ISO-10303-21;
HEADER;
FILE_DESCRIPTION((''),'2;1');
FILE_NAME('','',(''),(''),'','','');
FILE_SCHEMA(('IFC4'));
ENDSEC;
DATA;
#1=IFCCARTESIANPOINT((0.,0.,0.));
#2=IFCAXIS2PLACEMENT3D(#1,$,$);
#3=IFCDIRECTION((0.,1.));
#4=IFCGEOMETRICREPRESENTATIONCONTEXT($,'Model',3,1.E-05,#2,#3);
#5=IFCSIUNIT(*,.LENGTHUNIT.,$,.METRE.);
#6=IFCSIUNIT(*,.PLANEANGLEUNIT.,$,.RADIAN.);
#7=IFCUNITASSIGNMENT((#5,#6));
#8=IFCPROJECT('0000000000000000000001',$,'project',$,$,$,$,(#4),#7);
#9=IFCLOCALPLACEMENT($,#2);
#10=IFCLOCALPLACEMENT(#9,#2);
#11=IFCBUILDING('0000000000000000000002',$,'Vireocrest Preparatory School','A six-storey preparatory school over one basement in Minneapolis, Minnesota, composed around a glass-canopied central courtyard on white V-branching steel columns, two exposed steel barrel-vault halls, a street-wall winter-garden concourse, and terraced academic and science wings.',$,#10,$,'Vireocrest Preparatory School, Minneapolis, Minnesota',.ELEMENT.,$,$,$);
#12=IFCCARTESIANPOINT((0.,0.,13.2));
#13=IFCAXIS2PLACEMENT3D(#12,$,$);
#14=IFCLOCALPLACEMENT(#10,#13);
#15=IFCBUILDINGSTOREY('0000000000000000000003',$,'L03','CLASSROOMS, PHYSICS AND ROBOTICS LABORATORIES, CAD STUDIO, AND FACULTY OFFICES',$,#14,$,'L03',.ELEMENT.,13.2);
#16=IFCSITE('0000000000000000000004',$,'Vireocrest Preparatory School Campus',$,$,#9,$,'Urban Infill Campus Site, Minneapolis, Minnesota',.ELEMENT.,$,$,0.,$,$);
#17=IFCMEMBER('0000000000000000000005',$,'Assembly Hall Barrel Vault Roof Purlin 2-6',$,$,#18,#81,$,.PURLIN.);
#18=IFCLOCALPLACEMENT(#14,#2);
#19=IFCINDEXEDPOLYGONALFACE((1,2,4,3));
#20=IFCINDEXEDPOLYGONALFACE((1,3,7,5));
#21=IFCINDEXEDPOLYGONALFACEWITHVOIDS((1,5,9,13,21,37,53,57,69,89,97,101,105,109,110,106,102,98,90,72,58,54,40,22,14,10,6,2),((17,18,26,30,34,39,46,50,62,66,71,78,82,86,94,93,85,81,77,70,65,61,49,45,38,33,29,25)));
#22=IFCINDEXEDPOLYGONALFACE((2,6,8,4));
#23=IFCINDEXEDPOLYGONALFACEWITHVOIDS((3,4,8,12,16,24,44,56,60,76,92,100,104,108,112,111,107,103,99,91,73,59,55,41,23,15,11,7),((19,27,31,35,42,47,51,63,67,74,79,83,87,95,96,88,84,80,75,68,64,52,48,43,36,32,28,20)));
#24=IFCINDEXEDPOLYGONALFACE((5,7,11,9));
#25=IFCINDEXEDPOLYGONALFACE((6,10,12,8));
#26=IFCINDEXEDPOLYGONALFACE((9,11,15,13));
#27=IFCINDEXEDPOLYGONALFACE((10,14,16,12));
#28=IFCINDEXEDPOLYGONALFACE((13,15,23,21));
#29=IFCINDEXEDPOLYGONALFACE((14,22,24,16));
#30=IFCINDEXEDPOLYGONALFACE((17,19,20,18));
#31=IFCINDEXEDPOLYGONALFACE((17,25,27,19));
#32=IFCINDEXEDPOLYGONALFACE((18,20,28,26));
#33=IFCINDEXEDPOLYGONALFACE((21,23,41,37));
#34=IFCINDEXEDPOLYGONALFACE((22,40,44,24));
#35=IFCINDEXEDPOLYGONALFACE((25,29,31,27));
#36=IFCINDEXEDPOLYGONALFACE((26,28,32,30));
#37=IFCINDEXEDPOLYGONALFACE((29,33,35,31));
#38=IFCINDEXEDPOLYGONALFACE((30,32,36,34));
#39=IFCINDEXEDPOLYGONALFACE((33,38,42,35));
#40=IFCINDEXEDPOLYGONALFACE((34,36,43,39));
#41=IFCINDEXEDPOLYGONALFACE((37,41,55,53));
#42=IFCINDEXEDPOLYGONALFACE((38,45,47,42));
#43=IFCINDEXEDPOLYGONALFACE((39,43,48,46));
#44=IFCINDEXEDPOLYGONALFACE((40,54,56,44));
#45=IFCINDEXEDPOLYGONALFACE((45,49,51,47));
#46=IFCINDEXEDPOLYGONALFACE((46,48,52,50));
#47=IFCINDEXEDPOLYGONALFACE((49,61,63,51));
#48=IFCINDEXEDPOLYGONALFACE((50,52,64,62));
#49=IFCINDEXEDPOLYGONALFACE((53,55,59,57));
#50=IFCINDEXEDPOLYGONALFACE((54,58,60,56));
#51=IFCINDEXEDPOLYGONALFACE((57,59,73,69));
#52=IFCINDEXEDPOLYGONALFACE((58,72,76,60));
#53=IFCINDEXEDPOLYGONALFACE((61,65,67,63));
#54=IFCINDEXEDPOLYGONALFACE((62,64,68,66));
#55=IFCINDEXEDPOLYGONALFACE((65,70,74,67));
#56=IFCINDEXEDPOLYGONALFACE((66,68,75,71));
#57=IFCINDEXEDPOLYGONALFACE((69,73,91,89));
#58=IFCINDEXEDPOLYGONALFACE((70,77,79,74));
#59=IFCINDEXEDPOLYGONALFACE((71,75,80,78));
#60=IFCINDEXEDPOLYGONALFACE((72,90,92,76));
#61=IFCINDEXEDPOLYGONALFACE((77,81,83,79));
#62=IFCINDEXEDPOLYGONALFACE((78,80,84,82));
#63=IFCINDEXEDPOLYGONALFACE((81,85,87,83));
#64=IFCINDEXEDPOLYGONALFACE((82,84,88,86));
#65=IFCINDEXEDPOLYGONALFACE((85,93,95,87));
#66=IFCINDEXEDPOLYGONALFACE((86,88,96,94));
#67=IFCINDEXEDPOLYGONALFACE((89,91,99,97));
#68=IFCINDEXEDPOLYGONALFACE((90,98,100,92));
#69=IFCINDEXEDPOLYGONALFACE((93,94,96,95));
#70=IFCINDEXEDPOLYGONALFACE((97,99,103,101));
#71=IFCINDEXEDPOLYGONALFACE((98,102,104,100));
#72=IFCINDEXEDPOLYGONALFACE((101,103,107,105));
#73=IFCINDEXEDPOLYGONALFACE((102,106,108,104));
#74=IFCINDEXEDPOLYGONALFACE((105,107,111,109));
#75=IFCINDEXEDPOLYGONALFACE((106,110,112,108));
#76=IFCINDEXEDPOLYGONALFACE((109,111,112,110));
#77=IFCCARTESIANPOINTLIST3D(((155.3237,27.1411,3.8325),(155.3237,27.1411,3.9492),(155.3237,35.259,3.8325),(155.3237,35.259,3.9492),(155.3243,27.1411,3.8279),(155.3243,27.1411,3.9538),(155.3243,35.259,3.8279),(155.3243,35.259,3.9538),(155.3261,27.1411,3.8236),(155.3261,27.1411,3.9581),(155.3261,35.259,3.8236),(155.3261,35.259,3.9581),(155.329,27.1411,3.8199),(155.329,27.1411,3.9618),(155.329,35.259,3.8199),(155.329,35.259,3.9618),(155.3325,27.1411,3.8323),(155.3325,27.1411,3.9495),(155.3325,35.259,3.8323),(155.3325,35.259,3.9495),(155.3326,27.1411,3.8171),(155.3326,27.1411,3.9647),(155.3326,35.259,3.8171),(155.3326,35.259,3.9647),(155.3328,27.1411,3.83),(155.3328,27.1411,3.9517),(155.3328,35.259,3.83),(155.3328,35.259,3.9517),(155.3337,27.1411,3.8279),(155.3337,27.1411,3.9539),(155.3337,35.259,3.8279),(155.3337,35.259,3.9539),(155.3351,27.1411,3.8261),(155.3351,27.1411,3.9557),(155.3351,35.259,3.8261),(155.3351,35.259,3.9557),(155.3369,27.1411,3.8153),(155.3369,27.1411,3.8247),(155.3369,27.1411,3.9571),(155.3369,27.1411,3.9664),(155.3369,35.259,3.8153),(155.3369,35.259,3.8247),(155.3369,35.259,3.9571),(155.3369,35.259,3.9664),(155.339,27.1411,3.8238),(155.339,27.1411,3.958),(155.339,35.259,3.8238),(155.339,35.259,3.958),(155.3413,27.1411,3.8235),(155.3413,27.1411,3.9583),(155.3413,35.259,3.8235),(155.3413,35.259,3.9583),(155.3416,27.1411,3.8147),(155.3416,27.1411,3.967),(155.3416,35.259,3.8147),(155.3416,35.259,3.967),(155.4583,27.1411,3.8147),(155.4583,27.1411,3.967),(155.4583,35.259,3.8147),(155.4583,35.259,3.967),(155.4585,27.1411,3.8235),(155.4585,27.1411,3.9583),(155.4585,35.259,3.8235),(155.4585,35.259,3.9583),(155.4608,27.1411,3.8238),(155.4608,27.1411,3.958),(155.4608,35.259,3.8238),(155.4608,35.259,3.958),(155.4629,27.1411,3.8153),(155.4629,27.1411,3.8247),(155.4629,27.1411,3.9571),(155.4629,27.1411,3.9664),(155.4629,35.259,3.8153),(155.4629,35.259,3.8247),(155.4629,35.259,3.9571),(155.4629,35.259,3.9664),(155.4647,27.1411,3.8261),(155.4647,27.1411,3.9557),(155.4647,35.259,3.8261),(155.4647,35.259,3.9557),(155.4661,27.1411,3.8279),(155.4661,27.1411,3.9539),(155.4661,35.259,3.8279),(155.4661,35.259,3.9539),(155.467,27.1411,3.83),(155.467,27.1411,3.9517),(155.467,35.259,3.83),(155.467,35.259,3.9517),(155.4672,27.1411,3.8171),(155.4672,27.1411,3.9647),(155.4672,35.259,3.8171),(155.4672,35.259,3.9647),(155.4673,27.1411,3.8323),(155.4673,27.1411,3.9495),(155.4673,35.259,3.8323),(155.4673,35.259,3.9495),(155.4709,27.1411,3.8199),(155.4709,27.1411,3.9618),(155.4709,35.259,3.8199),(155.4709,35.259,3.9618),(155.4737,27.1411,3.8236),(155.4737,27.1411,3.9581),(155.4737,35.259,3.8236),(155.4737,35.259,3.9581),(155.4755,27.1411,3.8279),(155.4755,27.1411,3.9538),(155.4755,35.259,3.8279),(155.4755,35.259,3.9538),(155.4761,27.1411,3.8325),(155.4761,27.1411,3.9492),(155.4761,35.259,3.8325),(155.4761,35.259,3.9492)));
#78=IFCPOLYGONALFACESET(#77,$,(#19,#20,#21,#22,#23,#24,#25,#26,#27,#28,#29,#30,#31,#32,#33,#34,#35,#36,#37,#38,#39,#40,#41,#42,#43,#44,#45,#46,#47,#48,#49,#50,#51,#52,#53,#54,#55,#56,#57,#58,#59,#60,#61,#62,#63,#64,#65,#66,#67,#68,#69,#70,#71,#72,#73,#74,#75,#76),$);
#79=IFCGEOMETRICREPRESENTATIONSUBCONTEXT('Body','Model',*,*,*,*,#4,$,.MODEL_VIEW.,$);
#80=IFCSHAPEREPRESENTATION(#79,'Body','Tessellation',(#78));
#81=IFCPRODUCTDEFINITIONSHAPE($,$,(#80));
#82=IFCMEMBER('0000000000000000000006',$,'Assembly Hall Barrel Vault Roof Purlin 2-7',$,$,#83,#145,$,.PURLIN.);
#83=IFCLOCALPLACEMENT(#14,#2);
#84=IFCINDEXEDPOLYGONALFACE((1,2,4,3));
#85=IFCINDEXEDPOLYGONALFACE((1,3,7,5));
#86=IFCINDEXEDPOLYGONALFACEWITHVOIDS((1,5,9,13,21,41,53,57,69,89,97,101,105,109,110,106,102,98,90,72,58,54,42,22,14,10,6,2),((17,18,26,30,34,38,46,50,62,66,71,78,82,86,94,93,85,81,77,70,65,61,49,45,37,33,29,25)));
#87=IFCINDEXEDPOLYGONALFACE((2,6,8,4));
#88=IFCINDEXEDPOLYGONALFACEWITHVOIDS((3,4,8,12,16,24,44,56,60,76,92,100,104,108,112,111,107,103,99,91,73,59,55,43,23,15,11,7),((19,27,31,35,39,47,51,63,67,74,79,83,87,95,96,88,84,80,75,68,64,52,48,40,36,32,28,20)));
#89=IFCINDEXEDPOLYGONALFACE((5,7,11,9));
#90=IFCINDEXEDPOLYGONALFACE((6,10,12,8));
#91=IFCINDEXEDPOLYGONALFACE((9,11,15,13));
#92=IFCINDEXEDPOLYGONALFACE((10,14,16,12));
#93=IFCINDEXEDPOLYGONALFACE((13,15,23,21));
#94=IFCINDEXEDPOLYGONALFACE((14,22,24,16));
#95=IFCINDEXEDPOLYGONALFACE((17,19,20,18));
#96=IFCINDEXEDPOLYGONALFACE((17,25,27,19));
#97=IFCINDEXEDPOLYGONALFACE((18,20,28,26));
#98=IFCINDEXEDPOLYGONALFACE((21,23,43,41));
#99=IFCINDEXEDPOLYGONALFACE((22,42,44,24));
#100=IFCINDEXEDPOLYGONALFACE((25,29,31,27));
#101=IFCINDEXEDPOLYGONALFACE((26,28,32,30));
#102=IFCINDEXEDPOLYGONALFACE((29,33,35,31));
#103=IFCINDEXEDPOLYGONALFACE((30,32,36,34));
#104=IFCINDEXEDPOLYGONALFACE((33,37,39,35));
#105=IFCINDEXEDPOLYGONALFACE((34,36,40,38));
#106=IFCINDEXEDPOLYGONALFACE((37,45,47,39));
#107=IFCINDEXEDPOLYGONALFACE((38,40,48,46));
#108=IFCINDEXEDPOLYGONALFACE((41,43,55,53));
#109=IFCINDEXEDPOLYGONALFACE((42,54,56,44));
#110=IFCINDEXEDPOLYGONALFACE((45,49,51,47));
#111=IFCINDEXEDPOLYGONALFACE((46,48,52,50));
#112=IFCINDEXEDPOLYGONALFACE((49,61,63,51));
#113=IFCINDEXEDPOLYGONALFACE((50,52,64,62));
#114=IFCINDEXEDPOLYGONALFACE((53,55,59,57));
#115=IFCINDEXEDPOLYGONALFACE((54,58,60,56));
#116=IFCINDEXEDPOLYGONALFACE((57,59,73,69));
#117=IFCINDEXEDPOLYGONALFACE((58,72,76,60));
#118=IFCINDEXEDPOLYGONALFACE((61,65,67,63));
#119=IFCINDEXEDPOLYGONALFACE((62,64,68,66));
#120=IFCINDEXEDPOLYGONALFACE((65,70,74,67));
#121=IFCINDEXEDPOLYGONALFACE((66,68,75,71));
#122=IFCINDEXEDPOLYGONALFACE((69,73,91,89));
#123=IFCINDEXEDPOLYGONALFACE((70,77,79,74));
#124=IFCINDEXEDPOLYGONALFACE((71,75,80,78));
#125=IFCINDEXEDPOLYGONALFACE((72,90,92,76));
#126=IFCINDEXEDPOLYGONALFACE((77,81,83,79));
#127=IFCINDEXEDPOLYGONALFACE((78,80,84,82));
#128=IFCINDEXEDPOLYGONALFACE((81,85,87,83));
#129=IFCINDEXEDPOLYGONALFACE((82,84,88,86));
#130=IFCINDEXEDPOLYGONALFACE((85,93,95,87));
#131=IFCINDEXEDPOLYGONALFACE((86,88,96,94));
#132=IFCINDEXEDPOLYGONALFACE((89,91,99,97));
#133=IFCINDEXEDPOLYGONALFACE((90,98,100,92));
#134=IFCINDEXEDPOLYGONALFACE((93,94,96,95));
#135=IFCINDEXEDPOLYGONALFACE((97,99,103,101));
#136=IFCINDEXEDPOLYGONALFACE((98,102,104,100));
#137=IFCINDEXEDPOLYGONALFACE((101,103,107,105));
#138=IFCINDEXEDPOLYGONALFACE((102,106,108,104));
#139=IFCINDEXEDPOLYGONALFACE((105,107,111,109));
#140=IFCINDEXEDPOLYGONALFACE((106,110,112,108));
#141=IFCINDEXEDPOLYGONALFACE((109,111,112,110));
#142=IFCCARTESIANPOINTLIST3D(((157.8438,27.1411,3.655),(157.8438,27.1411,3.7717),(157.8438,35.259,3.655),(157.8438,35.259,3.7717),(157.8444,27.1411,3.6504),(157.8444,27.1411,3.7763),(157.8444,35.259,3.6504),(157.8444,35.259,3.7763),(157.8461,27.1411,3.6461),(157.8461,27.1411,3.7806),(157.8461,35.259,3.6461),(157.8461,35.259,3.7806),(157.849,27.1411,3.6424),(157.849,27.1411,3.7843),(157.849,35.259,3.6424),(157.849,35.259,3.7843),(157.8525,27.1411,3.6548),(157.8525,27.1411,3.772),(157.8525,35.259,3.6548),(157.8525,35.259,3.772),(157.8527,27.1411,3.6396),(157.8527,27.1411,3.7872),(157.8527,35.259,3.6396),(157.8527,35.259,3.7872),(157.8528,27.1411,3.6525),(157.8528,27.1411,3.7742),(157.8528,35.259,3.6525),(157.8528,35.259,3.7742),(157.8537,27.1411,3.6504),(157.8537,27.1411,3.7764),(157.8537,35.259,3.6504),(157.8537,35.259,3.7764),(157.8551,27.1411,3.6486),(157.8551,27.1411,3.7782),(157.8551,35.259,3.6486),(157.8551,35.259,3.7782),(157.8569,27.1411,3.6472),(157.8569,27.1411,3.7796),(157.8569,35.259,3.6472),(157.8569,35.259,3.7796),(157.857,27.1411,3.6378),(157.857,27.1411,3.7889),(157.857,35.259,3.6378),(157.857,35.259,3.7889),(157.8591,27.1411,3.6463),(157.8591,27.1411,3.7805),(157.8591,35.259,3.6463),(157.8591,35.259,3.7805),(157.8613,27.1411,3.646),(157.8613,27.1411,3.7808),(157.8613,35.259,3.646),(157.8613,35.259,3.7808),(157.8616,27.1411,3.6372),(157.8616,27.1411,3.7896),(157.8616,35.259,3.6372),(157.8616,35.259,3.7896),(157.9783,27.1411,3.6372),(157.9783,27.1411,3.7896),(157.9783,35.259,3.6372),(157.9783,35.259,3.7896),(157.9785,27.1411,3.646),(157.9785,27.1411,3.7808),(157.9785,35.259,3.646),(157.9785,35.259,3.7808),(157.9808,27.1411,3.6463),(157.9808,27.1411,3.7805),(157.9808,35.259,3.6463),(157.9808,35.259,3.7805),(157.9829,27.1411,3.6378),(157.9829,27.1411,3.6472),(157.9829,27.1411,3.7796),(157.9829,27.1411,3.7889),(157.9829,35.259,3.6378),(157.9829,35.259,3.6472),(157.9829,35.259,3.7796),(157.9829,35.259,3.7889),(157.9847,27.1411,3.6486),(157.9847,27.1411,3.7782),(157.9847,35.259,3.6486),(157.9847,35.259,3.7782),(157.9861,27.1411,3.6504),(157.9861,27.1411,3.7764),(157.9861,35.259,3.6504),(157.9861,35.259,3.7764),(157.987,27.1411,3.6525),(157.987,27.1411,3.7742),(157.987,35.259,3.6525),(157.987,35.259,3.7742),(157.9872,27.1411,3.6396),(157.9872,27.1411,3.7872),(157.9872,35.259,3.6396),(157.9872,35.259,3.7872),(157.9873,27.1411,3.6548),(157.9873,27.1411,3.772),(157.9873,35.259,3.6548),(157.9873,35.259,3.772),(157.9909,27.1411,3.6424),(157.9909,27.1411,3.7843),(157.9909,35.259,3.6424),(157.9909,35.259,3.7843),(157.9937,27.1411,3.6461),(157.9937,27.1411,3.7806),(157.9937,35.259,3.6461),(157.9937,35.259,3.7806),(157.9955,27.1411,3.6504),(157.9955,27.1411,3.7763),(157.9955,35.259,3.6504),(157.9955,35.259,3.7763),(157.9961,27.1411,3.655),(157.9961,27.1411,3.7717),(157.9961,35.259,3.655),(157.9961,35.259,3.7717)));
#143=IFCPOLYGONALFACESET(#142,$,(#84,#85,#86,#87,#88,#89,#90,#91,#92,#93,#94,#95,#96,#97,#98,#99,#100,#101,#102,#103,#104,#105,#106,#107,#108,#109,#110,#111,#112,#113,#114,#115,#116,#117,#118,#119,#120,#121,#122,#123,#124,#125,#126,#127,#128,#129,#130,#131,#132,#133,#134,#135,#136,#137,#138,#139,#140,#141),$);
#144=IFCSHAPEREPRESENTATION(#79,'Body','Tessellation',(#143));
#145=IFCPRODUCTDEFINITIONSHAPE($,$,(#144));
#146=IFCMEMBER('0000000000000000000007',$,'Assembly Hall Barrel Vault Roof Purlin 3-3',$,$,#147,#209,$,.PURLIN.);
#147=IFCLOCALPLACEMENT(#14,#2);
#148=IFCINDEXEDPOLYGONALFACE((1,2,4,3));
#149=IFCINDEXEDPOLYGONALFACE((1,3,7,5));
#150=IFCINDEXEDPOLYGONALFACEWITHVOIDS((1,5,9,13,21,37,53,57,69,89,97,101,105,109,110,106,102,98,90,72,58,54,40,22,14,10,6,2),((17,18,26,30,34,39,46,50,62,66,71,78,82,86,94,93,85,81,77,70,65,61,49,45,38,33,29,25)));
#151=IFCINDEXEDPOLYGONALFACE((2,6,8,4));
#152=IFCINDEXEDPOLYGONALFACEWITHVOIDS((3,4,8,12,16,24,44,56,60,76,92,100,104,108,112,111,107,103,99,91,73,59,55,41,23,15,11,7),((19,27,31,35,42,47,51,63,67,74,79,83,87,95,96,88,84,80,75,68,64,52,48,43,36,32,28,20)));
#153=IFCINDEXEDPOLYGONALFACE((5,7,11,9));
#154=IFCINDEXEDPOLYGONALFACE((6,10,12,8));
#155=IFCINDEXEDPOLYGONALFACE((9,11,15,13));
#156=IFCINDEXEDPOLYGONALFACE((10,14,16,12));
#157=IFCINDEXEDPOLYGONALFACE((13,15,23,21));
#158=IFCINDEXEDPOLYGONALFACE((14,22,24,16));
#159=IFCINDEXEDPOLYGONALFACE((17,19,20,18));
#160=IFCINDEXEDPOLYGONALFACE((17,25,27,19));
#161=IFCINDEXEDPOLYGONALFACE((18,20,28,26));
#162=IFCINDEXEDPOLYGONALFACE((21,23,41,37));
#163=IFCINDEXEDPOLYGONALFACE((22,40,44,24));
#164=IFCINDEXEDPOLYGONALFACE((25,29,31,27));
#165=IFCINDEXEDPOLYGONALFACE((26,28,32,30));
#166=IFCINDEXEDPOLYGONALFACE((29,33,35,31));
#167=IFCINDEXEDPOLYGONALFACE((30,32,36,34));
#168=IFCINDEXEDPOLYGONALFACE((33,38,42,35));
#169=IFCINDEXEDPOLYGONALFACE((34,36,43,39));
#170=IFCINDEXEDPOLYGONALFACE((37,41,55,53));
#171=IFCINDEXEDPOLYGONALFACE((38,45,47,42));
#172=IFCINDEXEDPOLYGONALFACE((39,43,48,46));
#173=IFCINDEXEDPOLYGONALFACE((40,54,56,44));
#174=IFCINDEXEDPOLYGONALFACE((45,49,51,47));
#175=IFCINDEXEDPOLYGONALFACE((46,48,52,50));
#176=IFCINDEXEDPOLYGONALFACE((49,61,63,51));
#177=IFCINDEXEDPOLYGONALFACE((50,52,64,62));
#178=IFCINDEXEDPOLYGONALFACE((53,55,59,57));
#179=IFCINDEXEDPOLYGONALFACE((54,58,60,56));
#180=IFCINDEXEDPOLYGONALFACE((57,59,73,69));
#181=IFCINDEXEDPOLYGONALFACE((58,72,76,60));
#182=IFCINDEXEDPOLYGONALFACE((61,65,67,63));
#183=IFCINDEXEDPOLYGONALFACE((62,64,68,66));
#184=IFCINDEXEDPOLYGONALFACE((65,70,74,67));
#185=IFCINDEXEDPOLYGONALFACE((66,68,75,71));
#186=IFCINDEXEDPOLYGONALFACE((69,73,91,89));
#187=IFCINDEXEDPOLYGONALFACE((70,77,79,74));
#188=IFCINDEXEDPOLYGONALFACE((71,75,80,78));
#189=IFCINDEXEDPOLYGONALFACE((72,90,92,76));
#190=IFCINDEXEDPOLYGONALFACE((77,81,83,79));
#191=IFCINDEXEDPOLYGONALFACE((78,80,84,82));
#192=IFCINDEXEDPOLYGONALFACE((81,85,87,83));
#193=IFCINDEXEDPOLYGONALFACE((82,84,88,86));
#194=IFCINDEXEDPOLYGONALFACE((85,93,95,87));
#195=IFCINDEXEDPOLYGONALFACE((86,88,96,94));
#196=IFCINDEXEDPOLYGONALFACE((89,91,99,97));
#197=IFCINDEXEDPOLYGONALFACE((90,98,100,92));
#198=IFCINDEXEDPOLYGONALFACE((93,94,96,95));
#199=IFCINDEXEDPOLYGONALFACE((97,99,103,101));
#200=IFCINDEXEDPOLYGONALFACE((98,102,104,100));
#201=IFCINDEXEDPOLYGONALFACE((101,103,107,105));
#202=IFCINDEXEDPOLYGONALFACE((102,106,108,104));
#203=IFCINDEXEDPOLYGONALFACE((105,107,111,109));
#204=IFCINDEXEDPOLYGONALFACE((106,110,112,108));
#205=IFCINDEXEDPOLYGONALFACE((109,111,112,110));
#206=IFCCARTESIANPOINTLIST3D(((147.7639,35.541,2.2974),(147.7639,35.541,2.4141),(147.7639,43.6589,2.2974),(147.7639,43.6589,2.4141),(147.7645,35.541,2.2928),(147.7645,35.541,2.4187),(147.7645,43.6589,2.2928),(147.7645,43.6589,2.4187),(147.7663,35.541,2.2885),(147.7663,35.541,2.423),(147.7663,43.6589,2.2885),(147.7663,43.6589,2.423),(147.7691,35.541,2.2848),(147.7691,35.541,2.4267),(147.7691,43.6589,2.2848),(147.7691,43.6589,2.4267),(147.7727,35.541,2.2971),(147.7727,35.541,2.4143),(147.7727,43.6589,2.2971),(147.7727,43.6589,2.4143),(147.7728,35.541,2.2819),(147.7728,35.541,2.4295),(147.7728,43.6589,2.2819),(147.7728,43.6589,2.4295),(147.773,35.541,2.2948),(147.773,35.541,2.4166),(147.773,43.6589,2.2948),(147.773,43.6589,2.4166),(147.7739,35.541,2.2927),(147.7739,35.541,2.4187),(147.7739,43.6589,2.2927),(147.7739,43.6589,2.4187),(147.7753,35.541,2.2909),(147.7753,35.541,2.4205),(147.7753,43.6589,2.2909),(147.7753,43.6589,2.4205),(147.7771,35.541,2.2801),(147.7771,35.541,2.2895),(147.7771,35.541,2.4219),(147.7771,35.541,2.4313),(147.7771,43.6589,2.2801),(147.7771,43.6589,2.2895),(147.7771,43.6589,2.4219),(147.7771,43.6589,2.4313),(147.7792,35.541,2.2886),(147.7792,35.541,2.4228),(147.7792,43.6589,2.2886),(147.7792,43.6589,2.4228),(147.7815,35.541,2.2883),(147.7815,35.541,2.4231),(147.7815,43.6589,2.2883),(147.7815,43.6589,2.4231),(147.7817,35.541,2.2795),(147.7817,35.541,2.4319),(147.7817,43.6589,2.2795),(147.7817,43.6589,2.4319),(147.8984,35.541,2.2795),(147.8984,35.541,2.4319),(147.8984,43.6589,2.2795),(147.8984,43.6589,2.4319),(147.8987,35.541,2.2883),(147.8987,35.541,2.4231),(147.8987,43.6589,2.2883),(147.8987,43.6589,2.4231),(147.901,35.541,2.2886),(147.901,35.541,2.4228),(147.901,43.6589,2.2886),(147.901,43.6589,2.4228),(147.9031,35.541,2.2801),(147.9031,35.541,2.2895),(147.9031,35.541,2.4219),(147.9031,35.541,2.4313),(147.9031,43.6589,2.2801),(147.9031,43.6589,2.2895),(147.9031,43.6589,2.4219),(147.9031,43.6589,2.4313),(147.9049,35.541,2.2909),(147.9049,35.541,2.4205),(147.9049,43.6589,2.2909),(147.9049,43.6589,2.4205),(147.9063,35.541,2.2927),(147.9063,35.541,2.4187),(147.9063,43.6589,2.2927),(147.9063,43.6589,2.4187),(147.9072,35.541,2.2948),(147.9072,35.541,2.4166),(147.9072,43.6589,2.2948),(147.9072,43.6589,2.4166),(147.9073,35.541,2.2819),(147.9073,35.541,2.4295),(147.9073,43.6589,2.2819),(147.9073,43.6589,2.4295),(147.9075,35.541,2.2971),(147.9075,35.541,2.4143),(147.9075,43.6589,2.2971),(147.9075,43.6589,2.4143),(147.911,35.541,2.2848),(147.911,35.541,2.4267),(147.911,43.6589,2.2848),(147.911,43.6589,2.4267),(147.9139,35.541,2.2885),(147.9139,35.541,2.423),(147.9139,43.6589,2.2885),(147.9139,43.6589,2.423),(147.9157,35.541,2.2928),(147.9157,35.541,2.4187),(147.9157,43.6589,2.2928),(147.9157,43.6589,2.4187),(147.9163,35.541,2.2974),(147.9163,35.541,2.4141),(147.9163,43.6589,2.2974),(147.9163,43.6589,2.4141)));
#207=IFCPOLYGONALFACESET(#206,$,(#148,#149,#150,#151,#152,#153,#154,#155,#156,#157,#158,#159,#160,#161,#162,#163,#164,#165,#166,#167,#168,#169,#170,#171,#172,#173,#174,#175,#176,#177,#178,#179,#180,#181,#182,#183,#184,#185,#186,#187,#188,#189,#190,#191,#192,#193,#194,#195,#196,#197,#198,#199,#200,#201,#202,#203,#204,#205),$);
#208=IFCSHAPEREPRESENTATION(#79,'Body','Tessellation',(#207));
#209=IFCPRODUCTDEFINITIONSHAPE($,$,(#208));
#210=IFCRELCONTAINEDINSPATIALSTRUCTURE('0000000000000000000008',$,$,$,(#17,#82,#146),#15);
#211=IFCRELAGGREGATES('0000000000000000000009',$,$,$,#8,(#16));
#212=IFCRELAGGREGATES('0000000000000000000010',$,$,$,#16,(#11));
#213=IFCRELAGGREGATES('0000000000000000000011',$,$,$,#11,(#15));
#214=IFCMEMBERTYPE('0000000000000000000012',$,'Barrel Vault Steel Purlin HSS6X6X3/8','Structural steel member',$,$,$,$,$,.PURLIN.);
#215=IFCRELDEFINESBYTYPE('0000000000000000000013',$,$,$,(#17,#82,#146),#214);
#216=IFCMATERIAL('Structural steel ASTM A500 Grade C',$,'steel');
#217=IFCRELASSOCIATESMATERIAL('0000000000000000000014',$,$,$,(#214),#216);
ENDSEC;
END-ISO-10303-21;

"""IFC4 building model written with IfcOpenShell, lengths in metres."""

from ifc_helpers import new_model, si_unit, direction, frame, origin, origin_2d, place, context, subcontext, project, spatial, hollow_rectangle, extrude, material, material_profile, profile_set, type_object, element, save


model = new_model("IFC4")

# Units and contexts
model_context = context("Model", 3, precision=1e-05, world=origin(), true_north=direction((0.0, 1.0)))
body_context = subcontext(model_context, "Body", "Model", "MODEL_VIEW")
ifc_project = project(units=[si_unit("LENGTHUNIT", "METRE"), si_unit("PLANEANGLEUNIT", "RADIAN")], contexts=[model_context])

# Site, building, storey
site_placement = place(None, origin())
site = spatial("IfcSite", under=ifc_project, at=site_placement, Name="Vireocrest Preparatory School Campus", LongName="Urban Infill Campus Site, Minneapolis, Minnesota", CompositionType="ELEMENT", RefElevation=0.0)
building_placement = place(site_placement, origin())
building = spatial("IfcBuilding", under=site, at=building_placement, Name="Vireocrest Preparatory School", Description="A six-storey preparatory school over one basement in Minneapolis, Minnesota, composed around a glass-canopied central courtyard on white V-branching steel columns, two exposed steel barrel-vault halls, a street-wall winter-garden concourse, and terraced academic and science wings.", LongName="Vireocrest Preparatory School, Minneapolis, Minnesota", CompositionType="ELEMENT")
storey_placement = place(building_placement, frame((0.0, 0.0, 13.2)))
storey = spatial("IfcBuildingStorey", under=building, at=storey_placement, Name="L03", Description="CLASSROOMS, PHYSICS AND ROBOTICS LABORATORIES, CAD STUDIO, AND FACULTY OFFICES", LongName="L03", CompositionType="ELEMENT", Elevation=13.2)

# Members
ifc_material_1 = material(Name="Structural steel ASTM A500 Grade C", Category="steel")
ifc_material_profile_1 = material_profile(ifc_material_1, hollow_rectangle(XDim=0.1523, YDim=0.1523, WallThickness=0.0088, InnerFilletRadius=0.0088, OuterFilletRadius=0.0178, at=origin_2d()), Name="HSS6X6X3/8")
ifc_profile_set_1 = profile_set([ifc_material_profile_1], Name="Structural steel ASTM A500 Grade C")
member_type = type_object("IfcMemberType", Name="Barrel Vault Steel Purlin HSS6X6X3/8", Description="Structural steel member", PredefinedType="PURLIN", material=ifc_profile_set_1)
for number, where, z_axis, x_axis, name in (
    (1, (155.3999, 27.1411, 3.8909), (0.0, 1.0, 0.0), (-1.0, 0.0, 0.0), "Assembly Hall Barrel Vault Roof Purlin 2-6"),
    (2, (157.9199, 27.1411, 3.7134), (0.0, 1.0, 0.0), (-1.0, 0.0, 0.0), "Assembly Hall Barrel Vault Roof Purlin 2-7"),
    (3, (147.8401, 35.541, 2.3557), (0.0, 1.0, 0.0), (-1.0, 0.0, 0.0), "Assembly Hall Barrel Vault Roof Purlin 3-3"),
):
    element("IfcMember", number, at=place(storey_placement, frame(where, z_axis=z_axis, x_axis=x_axis)), inside=storey, type_object=member_type, Name=name, PredefinedType="PURLIN", context=body_context, shape_type="SweptSolid", body=[
        extrude(hollow_rectangle(XDim=0.1523, YDim=0.1523, WallThickness=0.0088, InnerFilletRadius=0.0088, OuterFilletRadius=0.0178, at=origin_2d()), origin(), (0.0, 0.0, 1.0), 8.1179),
    ])

save(model, "model.ifc")
